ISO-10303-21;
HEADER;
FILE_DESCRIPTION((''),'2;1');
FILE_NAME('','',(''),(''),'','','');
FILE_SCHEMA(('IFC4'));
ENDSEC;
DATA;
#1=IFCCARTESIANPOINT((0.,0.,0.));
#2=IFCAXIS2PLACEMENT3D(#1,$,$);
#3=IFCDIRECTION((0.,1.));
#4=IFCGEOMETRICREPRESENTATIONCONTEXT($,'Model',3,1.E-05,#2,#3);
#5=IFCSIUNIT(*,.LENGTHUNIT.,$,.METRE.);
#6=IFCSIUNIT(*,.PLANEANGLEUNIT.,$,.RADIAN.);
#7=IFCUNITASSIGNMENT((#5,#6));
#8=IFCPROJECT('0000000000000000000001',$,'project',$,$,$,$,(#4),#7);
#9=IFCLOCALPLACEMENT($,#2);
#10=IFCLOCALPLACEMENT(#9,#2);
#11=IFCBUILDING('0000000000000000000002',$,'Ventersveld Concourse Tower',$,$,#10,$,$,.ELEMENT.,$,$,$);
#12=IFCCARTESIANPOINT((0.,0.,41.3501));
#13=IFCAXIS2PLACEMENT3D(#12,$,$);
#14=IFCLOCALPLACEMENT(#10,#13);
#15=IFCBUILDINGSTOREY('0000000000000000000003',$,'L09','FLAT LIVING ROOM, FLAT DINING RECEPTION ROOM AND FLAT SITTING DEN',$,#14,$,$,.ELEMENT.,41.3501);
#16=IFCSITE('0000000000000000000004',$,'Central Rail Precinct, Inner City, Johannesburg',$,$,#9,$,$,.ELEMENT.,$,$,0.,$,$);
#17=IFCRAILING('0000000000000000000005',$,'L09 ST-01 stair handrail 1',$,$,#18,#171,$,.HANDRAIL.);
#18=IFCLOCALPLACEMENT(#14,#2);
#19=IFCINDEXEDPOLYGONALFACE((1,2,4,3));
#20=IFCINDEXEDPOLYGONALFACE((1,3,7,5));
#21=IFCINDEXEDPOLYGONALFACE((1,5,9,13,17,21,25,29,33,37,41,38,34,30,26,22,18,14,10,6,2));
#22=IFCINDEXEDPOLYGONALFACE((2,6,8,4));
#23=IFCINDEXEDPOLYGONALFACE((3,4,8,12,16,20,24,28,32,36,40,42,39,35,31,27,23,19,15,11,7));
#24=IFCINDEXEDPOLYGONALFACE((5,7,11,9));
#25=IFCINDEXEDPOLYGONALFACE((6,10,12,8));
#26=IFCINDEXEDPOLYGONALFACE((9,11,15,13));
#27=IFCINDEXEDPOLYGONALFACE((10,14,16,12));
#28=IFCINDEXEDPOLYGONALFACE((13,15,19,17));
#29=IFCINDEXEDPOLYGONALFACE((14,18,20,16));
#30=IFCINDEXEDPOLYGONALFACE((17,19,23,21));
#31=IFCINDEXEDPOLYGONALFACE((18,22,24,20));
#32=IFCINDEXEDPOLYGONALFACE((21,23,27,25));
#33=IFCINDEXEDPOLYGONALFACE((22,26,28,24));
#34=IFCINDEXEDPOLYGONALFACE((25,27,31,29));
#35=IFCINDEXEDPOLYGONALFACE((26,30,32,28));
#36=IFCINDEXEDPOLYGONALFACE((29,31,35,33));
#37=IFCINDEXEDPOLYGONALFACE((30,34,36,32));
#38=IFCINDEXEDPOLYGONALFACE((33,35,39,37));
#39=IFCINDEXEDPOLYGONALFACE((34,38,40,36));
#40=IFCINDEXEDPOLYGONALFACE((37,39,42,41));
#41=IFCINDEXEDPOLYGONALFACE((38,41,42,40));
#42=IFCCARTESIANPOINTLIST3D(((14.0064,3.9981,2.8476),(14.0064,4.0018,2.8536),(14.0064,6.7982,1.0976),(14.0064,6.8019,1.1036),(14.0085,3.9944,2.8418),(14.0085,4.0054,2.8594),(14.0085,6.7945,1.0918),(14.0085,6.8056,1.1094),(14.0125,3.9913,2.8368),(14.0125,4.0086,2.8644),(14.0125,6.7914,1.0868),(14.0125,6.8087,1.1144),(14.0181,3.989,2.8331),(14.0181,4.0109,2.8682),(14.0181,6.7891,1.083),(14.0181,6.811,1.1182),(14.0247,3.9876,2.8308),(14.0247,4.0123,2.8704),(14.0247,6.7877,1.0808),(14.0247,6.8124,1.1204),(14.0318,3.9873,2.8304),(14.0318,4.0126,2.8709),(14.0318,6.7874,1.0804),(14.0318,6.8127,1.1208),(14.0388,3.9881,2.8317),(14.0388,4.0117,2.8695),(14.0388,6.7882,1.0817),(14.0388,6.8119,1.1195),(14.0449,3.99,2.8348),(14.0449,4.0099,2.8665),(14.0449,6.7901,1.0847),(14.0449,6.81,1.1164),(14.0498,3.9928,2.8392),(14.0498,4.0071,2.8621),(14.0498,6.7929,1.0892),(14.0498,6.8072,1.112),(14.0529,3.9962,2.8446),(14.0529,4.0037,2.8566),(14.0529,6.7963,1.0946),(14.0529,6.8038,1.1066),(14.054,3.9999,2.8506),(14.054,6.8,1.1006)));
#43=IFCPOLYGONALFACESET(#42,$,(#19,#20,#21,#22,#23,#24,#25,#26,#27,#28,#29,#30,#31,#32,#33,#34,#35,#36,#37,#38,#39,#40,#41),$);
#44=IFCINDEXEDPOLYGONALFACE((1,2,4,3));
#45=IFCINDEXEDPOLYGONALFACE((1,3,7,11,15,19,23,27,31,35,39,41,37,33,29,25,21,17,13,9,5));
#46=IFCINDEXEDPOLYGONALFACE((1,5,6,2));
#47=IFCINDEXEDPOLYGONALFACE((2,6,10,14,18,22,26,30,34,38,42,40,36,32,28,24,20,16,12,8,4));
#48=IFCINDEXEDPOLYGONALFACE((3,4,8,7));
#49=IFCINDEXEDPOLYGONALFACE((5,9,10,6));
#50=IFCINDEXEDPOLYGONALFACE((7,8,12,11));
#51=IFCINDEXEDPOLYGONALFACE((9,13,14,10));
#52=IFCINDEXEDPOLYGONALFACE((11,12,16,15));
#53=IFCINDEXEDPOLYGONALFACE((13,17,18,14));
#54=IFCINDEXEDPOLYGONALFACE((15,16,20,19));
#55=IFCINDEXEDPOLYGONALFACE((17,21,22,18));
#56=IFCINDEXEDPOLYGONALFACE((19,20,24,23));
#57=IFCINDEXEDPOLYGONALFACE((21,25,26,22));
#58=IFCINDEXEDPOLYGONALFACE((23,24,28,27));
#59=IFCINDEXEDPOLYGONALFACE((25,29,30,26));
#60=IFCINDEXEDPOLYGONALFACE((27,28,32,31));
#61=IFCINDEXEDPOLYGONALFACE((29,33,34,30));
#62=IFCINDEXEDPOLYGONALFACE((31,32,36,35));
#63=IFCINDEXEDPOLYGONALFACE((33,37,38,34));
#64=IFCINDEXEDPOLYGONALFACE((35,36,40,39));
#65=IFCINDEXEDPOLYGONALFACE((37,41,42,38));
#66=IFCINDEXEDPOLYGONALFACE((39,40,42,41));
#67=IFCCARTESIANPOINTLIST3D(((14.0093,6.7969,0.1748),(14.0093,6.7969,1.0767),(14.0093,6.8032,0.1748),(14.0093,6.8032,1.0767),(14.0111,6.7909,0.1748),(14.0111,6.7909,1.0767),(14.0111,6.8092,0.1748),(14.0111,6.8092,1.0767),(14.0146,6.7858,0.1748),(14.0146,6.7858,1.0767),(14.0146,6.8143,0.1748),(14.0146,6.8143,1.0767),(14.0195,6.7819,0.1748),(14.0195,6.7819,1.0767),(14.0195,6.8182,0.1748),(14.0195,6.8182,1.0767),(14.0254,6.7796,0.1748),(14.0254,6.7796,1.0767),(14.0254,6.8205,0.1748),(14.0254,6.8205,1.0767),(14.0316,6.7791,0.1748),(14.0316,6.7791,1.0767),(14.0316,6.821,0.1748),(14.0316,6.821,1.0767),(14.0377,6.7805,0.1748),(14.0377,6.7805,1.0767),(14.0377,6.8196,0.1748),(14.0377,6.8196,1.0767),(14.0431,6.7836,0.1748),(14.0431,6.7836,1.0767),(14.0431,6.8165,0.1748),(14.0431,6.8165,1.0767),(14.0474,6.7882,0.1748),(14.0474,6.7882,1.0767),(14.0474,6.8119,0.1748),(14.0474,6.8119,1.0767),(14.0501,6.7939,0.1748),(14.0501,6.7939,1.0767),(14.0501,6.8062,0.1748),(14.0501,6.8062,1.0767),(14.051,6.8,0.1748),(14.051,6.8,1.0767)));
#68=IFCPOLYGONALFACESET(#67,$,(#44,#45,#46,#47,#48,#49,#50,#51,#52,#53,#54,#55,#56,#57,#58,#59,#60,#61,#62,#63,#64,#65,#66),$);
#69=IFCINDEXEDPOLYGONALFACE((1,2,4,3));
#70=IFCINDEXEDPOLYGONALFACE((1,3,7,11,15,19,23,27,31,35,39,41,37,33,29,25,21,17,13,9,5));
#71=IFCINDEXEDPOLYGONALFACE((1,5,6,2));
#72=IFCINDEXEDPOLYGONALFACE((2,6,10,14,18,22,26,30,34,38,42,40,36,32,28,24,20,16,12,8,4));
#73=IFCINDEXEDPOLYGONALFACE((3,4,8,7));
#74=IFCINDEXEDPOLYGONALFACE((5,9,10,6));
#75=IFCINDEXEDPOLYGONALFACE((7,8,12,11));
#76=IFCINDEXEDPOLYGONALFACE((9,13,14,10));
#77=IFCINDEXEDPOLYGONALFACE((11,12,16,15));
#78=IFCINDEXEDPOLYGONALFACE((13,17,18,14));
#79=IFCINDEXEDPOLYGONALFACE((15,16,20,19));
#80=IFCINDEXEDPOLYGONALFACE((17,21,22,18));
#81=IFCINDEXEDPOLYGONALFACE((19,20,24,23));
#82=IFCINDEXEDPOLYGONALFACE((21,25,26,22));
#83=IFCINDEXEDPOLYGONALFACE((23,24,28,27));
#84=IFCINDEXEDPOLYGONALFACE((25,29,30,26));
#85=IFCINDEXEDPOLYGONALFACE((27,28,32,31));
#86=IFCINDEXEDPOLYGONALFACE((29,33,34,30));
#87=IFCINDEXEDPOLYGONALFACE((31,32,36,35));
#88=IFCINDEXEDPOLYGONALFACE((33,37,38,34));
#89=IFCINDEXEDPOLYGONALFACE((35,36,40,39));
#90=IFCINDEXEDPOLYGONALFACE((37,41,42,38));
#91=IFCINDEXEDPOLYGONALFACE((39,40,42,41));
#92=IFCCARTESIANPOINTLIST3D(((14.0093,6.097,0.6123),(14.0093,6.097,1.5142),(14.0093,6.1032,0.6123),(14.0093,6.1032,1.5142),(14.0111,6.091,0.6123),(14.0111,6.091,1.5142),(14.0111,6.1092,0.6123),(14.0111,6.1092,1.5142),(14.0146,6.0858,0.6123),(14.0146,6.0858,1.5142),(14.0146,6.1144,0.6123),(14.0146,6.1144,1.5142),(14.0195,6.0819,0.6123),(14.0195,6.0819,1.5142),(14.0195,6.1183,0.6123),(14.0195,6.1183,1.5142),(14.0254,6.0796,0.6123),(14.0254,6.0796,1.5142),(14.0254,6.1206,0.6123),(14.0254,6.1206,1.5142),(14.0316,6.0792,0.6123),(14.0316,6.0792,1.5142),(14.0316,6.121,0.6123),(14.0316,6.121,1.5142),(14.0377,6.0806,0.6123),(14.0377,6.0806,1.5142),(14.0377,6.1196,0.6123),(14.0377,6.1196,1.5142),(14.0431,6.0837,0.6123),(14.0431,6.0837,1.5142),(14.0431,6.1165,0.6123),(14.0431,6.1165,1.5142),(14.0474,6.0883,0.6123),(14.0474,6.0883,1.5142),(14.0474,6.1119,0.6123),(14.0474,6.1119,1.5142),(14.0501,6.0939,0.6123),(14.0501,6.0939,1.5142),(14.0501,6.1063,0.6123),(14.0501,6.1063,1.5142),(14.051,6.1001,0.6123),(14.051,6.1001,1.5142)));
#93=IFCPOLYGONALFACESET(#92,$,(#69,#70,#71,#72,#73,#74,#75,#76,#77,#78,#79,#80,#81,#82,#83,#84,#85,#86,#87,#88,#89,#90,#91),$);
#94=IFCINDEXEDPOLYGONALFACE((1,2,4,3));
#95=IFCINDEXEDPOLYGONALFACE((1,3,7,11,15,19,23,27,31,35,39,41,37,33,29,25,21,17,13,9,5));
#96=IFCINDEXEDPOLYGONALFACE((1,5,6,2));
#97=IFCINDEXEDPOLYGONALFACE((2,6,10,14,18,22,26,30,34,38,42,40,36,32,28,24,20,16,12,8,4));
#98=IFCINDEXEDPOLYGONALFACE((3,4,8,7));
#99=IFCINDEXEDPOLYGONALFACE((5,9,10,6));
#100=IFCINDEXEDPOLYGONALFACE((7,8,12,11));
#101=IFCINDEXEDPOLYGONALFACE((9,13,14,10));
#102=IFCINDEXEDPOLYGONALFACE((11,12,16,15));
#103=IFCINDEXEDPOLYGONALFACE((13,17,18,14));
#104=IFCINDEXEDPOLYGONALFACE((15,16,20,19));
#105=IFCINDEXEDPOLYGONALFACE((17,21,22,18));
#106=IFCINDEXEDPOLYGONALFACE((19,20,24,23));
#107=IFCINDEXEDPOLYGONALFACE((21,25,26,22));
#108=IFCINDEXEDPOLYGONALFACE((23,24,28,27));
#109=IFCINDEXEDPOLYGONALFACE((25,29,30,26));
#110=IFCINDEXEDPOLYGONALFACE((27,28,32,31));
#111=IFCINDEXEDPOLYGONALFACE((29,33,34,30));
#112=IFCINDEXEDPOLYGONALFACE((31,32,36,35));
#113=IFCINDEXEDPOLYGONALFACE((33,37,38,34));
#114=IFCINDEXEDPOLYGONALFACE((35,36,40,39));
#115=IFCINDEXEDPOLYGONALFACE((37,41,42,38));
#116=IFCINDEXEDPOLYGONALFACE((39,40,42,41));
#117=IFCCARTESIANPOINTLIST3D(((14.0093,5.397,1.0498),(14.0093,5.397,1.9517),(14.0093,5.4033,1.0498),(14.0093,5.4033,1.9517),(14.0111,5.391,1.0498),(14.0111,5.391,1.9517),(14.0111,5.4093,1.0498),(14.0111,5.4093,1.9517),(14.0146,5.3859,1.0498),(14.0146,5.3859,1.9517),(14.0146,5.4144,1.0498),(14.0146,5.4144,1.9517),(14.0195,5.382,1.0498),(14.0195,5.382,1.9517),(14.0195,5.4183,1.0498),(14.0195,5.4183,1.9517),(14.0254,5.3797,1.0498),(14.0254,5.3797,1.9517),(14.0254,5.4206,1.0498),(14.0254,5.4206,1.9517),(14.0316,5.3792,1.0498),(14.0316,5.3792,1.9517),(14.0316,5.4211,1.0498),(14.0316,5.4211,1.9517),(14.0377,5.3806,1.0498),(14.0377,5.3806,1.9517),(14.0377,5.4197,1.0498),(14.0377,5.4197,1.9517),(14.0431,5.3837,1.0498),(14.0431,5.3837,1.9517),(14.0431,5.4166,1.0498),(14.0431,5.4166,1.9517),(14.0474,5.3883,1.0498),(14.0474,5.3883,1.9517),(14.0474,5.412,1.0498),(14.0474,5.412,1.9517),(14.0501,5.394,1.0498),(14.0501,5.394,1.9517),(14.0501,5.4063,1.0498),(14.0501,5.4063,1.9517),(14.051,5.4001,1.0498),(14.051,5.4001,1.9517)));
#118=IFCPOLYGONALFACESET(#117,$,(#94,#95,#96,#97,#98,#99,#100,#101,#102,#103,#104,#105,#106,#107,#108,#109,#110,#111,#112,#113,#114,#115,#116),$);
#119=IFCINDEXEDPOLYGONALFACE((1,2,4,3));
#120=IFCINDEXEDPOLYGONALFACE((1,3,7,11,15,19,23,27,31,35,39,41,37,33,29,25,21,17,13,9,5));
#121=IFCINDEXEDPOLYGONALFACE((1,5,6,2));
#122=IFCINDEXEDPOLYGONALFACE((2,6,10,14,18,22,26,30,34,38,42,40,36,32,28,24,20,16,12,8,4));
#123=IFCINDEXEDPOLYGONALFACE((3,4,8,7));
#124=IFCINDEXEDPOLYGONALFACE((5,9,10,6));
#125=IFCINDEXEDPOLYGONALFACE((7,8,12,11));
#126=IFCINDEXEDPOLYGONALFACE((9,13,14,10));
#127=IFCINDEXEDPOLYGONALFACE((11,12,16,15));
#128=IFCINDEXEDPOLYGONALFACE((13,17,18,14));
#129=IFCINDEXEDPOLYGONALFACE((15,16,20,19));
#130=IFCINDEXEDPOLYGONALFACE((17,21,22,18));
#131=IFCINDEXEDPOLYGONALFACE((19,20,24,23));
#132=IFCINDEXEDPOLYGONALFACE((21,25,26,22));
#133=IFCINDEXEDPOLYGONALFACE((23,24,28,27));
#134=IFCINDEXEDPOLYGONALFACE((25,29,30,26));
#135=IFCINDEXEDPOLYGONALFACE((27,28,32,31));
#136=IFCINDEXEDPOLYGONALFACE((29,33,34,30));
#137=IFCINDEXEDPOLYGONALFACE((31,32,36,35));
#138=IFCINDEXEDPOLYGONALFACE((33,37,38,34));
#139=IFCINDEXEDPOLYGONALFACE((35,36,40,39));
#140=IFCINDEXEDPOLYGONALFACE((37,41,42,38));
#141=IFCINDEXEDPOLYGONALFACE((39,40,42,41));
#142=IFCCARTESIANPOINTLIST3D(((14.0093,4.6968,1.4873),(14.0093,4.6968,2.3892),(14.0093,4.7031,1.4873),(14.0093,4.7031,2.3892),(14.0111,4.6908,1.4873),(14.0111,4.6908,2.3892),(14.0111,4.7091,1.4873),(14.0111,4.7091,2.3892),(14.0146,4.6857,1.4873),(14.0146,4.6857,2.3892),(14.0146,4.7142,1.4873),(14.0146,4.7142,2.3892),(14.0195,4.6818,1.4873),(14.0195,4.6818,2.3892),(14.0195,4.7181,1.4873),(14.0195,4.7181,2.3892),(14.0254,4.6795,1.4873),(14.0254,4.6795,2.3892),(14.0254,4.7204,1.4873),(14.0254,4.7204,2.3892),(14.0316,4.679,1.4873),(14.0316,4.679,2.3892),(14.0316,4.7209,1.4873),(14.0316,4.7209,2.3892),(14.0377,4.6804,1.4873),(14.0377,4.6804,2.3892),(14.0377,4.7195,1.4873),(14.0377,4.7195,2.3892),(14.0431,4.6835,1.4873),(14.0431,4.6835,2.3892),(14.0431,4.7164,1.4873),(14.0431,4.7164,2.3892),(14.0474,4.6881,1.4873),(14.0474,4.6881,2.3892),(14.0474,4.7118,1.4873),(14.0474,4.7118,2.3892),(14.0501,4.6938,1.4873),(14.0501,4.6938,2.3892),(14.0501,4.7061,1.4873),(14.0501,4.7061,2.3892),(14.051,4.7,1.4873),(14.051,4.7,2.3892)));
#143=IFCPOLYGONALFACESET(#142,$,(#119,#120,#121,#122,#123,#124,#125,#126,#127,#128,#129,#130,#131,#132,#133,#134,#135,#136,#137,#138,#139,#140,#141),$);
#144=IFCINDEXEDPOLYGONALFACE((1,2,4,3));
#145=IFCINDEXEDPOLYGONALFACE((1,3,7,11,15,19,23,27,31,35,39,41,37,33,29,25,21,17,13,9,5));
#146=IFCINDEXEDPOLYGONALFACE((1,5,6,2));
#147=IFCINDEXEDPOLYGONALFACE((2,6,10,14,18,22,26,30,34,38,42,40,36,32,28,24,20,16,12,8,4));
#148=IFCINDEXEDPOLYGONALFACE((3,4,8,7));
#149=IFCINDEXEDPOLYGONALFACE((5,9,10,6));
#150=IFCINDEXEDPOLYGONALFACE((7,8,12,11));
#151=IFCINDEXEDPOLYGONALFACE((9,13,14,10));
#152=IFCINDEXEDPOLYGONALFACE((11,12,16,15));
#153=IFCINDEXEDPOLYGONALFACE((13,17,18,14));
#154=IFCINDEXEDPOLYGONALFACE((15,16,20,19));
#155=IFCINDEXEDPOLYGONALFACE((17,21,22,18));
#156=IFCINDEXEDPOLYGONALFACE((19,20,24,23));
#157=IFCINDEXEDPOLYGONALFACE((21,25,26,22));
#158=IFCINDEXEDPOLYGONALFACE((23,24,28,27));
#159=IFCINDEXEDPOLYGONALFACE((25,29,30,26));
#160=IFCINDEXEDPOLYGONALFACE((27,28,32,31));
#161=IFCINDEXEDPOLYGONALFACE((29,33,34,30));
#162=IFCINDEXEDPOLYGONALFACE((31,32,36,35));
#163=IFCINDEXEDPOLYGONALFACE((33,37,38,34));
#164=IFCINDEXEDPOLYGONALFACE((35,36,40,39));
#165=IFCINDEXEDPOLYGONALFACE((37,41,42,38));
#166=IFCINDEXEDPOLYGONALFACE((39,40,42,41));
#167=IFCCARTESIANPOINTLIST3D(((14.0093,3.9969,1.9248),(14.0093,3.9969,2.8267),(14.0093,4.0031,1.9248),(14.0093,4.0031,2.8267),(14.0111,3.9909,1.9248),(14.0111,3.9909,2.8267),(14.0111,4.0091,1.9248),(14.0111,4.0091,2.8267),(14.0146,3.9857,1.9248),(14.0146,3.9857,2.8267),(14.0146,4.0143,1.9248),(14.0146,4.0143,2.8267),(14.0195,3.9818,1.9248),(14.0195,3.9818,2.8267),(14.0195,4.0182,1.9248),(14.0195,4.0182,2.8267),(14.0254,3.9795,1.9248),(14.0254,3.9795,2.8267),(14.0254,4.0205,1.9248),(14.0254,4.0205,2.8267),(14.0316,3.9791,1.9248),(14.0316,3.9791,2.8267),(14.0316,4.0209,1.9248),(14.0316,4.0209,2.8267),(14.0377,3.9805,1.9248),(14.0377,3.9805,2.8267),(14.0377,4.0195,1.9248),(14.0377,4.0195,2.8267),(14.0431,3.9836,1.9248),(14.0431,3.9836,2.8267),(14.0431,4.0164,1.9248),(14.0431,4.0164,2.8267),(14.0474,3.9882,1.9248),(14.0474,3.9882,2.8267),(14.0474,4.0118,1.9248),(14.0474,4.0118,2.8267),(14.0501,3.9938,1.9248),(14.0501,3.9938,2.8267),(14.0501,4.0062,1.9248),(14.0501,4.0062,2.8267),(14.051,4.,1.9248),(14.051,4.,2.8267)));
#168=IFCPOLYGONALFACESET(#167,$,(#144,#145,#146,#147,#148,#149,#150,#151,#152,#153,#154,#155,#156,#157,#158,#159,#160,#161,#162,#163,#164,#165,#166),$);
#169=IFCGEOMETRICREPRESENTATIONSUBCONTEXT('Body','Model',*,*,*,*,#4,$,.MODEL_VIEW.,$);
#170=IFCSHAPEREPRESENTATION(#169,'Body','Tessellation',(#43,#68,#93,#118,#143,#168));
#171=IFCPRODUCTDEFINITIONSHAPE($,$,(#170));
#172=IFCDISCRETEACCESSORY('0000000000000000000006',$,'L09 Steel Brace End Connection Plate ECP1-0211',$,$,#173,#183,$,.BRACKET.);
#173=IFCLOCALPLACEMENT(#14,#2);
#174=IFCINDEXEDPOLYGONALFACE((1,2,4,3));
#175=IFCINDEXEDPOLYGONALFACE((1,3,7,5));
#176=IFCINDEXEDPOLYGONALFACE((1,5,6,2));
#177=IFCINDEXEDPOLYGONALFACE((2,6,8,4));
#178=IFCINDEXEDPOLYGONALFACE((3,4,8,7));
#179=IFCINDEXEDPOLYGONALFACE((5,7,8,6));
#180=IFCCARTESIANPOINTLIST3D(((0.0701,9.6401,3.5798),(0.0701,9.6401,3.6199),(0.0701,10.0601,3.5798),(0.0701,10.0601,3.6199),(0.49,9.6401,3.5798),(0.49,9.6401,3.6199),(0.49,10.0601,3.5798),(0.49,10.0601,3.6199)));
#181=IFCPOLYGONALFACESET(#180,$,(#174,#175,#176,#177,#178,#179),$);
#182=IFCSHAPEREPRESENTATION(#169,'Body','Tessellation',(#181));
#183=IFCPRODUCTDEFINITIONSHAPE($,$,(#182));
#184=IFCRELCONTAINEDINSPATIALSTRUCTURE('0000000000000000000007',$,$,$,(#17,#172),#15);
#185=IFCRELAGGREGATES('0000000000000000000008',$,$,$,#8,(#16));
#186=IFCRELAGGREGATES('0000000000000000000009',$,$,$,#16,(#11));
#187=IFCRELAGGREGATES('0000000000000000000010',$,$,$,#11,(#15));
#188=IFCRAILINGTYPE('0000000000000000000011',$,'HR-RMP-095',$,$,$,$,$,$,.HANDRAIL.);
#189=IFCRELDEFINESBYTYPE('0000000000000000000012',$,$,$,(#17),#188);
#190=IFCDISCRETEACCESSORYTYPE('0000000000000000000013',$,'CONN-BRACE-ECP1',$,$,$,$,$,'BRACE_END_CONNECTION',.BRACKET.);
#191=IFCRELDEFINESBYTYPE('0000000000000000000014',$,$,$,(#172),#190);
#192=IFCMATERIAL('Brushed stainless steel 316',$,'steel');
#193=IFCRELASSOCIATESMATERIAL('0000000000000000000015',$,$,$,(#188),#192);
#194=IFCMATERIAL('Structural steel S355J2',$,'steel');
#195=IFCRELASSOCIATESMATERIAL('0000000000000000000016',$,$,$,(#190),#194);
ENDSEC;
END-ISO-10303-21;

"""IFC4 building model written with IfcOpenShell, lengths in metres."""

from ifc_helpers import new_model, si_unit, direction, frame, origin, origin_2d, place, context, subcontext, project, spatial, rectangle, circle, extrude, material, type_object, element, save


model = new_model("IFC4")

# Units and contexts
model_context = context("Model", 3, precision=1e-05, world=origin(), true_north=direction((0.0, 1.0)))
body_context = subcontext(model_context, "Body", "Model", "MODEL_VIEW")
ifc_project = project(units=[si_unit("LENGTHUNIT", "METRE"), si_unit("PLANEANGLEUNIT", "RADIAN")], contexts=[model_context])

# Site, building, storey
site_placement = place(None, origin())
site = spatial("IfcSite", under=ifc_project, at=site_placement, Name="Central Rail Precinct, Inner City, Johannesburg", CompositionType="ELEMENT", RefElevation=0.0)
building_placement = place(site_placement, origin())
building = spatial("IfcBuilding", under=site, at=building_placement, Name="Ventersveld Concourse Tower", CompositionType="ELEMENT")
storey_placement = place(building_placement, frame((0.0, 0.0, 41.3501)))
storey = spatial("IfcBuildingStorey", under=building, at=storey_placement, Name="L09", Description="FLAT LIVING ROOM, FLAT DINING RECEPTION ROOM AND FLAT SITTING DEN", CompositionType="ELEMENT", Elevation=41.3501)

# Shared definitions
ifc_material_1 = material(Name="Structural steel S355J2", Category="steel")

# Railing
ifc_material_2 = material(Name="Brushed stainless steel 316", Category="steel")
railing_type_1 = type_object("IfcRailingType", Name="HR-RMP-095", PredefinedType="HANDRAIL", material=ifc_material_2)
railing_1_placement = place(storey_placement, frame((14.03, 6.8, 0.1748)))
element("IfcRailing", 1, at=railing_1_placement, inside=storey, type_object=railing_type_1, Name="L09 ST-01 stair handrail 1", PredefinedType="HANDRAIL", context=body_context, shape_type="SweptSolid", body=[
    extrude(circle(Radius=0.0239, at=origin_2d()), frame((0.0, 0.0, 0.9258), z_axis=(0.0, -0.848002, 0.529992), x_axis=(1.0, 0.0, 0.0)), (0.0, 0.0, 1.0), 3.302),
    extrude(circle(Radius=0.021, at=origin_2d()), origin(), (0.0, 0.0, 1.0), 0.9019),
    extrude(circle(Radius=0.021, at=origin_2d()), frame((0.0, -0.7, 0.4375)), (0.0, 0.0, 1.0), 0.9019),
    extrude(circle(Radius=0.021, at=origin_2d()), frame((0.0, -1.3999, 0.875)), (0.0, 0.0, 1.0), 0.9019),
    extrude(circle(Radius=0.021, at=origin_2d()), frame((0.0, -2.1001, 1.3125)), (0.0, 0.0, 1.0), 0.9019),
    extrude(circle(Radius=0.021, at=origin_2d()), frame((0.0, -2.8, 1.75)), (0.0, 0.0, 1.0), 0.9019),
])

# Discrete accessory
discrete_accessory_type = type_object("IfcDiscreteAccessoryType", Name="CONN-BRACE-ECP1", ElementType="BRACE_END_CONNECTION", PredefinedType="BRACKET", material=ifc_material_1)
discrete_accessory_placement = place(storey_placement, frame((0.28, 9.8501, 3.5798), z_axis=(0.0, 0.0, 1.0), x_axis=(1.0, 0.0, 0.0)))
element("IfcDiscreteAccessory", 2, at=discrete_accessory_placement, inside=storey, type_object=discrete_accessory_type, Name="L09 Steel Brace End Connection Plate ECP1-0211", PredefinedType="BRACKET", context=body_context, shape_type="SweptSolid", body=[
    extrude(rectangle(XDim=0.4199, YDim=0.4199, at=origin_2d()), origin(), (0.0, 0.0, 1.0), 0.04),
])

save(model, "model.ifc")
